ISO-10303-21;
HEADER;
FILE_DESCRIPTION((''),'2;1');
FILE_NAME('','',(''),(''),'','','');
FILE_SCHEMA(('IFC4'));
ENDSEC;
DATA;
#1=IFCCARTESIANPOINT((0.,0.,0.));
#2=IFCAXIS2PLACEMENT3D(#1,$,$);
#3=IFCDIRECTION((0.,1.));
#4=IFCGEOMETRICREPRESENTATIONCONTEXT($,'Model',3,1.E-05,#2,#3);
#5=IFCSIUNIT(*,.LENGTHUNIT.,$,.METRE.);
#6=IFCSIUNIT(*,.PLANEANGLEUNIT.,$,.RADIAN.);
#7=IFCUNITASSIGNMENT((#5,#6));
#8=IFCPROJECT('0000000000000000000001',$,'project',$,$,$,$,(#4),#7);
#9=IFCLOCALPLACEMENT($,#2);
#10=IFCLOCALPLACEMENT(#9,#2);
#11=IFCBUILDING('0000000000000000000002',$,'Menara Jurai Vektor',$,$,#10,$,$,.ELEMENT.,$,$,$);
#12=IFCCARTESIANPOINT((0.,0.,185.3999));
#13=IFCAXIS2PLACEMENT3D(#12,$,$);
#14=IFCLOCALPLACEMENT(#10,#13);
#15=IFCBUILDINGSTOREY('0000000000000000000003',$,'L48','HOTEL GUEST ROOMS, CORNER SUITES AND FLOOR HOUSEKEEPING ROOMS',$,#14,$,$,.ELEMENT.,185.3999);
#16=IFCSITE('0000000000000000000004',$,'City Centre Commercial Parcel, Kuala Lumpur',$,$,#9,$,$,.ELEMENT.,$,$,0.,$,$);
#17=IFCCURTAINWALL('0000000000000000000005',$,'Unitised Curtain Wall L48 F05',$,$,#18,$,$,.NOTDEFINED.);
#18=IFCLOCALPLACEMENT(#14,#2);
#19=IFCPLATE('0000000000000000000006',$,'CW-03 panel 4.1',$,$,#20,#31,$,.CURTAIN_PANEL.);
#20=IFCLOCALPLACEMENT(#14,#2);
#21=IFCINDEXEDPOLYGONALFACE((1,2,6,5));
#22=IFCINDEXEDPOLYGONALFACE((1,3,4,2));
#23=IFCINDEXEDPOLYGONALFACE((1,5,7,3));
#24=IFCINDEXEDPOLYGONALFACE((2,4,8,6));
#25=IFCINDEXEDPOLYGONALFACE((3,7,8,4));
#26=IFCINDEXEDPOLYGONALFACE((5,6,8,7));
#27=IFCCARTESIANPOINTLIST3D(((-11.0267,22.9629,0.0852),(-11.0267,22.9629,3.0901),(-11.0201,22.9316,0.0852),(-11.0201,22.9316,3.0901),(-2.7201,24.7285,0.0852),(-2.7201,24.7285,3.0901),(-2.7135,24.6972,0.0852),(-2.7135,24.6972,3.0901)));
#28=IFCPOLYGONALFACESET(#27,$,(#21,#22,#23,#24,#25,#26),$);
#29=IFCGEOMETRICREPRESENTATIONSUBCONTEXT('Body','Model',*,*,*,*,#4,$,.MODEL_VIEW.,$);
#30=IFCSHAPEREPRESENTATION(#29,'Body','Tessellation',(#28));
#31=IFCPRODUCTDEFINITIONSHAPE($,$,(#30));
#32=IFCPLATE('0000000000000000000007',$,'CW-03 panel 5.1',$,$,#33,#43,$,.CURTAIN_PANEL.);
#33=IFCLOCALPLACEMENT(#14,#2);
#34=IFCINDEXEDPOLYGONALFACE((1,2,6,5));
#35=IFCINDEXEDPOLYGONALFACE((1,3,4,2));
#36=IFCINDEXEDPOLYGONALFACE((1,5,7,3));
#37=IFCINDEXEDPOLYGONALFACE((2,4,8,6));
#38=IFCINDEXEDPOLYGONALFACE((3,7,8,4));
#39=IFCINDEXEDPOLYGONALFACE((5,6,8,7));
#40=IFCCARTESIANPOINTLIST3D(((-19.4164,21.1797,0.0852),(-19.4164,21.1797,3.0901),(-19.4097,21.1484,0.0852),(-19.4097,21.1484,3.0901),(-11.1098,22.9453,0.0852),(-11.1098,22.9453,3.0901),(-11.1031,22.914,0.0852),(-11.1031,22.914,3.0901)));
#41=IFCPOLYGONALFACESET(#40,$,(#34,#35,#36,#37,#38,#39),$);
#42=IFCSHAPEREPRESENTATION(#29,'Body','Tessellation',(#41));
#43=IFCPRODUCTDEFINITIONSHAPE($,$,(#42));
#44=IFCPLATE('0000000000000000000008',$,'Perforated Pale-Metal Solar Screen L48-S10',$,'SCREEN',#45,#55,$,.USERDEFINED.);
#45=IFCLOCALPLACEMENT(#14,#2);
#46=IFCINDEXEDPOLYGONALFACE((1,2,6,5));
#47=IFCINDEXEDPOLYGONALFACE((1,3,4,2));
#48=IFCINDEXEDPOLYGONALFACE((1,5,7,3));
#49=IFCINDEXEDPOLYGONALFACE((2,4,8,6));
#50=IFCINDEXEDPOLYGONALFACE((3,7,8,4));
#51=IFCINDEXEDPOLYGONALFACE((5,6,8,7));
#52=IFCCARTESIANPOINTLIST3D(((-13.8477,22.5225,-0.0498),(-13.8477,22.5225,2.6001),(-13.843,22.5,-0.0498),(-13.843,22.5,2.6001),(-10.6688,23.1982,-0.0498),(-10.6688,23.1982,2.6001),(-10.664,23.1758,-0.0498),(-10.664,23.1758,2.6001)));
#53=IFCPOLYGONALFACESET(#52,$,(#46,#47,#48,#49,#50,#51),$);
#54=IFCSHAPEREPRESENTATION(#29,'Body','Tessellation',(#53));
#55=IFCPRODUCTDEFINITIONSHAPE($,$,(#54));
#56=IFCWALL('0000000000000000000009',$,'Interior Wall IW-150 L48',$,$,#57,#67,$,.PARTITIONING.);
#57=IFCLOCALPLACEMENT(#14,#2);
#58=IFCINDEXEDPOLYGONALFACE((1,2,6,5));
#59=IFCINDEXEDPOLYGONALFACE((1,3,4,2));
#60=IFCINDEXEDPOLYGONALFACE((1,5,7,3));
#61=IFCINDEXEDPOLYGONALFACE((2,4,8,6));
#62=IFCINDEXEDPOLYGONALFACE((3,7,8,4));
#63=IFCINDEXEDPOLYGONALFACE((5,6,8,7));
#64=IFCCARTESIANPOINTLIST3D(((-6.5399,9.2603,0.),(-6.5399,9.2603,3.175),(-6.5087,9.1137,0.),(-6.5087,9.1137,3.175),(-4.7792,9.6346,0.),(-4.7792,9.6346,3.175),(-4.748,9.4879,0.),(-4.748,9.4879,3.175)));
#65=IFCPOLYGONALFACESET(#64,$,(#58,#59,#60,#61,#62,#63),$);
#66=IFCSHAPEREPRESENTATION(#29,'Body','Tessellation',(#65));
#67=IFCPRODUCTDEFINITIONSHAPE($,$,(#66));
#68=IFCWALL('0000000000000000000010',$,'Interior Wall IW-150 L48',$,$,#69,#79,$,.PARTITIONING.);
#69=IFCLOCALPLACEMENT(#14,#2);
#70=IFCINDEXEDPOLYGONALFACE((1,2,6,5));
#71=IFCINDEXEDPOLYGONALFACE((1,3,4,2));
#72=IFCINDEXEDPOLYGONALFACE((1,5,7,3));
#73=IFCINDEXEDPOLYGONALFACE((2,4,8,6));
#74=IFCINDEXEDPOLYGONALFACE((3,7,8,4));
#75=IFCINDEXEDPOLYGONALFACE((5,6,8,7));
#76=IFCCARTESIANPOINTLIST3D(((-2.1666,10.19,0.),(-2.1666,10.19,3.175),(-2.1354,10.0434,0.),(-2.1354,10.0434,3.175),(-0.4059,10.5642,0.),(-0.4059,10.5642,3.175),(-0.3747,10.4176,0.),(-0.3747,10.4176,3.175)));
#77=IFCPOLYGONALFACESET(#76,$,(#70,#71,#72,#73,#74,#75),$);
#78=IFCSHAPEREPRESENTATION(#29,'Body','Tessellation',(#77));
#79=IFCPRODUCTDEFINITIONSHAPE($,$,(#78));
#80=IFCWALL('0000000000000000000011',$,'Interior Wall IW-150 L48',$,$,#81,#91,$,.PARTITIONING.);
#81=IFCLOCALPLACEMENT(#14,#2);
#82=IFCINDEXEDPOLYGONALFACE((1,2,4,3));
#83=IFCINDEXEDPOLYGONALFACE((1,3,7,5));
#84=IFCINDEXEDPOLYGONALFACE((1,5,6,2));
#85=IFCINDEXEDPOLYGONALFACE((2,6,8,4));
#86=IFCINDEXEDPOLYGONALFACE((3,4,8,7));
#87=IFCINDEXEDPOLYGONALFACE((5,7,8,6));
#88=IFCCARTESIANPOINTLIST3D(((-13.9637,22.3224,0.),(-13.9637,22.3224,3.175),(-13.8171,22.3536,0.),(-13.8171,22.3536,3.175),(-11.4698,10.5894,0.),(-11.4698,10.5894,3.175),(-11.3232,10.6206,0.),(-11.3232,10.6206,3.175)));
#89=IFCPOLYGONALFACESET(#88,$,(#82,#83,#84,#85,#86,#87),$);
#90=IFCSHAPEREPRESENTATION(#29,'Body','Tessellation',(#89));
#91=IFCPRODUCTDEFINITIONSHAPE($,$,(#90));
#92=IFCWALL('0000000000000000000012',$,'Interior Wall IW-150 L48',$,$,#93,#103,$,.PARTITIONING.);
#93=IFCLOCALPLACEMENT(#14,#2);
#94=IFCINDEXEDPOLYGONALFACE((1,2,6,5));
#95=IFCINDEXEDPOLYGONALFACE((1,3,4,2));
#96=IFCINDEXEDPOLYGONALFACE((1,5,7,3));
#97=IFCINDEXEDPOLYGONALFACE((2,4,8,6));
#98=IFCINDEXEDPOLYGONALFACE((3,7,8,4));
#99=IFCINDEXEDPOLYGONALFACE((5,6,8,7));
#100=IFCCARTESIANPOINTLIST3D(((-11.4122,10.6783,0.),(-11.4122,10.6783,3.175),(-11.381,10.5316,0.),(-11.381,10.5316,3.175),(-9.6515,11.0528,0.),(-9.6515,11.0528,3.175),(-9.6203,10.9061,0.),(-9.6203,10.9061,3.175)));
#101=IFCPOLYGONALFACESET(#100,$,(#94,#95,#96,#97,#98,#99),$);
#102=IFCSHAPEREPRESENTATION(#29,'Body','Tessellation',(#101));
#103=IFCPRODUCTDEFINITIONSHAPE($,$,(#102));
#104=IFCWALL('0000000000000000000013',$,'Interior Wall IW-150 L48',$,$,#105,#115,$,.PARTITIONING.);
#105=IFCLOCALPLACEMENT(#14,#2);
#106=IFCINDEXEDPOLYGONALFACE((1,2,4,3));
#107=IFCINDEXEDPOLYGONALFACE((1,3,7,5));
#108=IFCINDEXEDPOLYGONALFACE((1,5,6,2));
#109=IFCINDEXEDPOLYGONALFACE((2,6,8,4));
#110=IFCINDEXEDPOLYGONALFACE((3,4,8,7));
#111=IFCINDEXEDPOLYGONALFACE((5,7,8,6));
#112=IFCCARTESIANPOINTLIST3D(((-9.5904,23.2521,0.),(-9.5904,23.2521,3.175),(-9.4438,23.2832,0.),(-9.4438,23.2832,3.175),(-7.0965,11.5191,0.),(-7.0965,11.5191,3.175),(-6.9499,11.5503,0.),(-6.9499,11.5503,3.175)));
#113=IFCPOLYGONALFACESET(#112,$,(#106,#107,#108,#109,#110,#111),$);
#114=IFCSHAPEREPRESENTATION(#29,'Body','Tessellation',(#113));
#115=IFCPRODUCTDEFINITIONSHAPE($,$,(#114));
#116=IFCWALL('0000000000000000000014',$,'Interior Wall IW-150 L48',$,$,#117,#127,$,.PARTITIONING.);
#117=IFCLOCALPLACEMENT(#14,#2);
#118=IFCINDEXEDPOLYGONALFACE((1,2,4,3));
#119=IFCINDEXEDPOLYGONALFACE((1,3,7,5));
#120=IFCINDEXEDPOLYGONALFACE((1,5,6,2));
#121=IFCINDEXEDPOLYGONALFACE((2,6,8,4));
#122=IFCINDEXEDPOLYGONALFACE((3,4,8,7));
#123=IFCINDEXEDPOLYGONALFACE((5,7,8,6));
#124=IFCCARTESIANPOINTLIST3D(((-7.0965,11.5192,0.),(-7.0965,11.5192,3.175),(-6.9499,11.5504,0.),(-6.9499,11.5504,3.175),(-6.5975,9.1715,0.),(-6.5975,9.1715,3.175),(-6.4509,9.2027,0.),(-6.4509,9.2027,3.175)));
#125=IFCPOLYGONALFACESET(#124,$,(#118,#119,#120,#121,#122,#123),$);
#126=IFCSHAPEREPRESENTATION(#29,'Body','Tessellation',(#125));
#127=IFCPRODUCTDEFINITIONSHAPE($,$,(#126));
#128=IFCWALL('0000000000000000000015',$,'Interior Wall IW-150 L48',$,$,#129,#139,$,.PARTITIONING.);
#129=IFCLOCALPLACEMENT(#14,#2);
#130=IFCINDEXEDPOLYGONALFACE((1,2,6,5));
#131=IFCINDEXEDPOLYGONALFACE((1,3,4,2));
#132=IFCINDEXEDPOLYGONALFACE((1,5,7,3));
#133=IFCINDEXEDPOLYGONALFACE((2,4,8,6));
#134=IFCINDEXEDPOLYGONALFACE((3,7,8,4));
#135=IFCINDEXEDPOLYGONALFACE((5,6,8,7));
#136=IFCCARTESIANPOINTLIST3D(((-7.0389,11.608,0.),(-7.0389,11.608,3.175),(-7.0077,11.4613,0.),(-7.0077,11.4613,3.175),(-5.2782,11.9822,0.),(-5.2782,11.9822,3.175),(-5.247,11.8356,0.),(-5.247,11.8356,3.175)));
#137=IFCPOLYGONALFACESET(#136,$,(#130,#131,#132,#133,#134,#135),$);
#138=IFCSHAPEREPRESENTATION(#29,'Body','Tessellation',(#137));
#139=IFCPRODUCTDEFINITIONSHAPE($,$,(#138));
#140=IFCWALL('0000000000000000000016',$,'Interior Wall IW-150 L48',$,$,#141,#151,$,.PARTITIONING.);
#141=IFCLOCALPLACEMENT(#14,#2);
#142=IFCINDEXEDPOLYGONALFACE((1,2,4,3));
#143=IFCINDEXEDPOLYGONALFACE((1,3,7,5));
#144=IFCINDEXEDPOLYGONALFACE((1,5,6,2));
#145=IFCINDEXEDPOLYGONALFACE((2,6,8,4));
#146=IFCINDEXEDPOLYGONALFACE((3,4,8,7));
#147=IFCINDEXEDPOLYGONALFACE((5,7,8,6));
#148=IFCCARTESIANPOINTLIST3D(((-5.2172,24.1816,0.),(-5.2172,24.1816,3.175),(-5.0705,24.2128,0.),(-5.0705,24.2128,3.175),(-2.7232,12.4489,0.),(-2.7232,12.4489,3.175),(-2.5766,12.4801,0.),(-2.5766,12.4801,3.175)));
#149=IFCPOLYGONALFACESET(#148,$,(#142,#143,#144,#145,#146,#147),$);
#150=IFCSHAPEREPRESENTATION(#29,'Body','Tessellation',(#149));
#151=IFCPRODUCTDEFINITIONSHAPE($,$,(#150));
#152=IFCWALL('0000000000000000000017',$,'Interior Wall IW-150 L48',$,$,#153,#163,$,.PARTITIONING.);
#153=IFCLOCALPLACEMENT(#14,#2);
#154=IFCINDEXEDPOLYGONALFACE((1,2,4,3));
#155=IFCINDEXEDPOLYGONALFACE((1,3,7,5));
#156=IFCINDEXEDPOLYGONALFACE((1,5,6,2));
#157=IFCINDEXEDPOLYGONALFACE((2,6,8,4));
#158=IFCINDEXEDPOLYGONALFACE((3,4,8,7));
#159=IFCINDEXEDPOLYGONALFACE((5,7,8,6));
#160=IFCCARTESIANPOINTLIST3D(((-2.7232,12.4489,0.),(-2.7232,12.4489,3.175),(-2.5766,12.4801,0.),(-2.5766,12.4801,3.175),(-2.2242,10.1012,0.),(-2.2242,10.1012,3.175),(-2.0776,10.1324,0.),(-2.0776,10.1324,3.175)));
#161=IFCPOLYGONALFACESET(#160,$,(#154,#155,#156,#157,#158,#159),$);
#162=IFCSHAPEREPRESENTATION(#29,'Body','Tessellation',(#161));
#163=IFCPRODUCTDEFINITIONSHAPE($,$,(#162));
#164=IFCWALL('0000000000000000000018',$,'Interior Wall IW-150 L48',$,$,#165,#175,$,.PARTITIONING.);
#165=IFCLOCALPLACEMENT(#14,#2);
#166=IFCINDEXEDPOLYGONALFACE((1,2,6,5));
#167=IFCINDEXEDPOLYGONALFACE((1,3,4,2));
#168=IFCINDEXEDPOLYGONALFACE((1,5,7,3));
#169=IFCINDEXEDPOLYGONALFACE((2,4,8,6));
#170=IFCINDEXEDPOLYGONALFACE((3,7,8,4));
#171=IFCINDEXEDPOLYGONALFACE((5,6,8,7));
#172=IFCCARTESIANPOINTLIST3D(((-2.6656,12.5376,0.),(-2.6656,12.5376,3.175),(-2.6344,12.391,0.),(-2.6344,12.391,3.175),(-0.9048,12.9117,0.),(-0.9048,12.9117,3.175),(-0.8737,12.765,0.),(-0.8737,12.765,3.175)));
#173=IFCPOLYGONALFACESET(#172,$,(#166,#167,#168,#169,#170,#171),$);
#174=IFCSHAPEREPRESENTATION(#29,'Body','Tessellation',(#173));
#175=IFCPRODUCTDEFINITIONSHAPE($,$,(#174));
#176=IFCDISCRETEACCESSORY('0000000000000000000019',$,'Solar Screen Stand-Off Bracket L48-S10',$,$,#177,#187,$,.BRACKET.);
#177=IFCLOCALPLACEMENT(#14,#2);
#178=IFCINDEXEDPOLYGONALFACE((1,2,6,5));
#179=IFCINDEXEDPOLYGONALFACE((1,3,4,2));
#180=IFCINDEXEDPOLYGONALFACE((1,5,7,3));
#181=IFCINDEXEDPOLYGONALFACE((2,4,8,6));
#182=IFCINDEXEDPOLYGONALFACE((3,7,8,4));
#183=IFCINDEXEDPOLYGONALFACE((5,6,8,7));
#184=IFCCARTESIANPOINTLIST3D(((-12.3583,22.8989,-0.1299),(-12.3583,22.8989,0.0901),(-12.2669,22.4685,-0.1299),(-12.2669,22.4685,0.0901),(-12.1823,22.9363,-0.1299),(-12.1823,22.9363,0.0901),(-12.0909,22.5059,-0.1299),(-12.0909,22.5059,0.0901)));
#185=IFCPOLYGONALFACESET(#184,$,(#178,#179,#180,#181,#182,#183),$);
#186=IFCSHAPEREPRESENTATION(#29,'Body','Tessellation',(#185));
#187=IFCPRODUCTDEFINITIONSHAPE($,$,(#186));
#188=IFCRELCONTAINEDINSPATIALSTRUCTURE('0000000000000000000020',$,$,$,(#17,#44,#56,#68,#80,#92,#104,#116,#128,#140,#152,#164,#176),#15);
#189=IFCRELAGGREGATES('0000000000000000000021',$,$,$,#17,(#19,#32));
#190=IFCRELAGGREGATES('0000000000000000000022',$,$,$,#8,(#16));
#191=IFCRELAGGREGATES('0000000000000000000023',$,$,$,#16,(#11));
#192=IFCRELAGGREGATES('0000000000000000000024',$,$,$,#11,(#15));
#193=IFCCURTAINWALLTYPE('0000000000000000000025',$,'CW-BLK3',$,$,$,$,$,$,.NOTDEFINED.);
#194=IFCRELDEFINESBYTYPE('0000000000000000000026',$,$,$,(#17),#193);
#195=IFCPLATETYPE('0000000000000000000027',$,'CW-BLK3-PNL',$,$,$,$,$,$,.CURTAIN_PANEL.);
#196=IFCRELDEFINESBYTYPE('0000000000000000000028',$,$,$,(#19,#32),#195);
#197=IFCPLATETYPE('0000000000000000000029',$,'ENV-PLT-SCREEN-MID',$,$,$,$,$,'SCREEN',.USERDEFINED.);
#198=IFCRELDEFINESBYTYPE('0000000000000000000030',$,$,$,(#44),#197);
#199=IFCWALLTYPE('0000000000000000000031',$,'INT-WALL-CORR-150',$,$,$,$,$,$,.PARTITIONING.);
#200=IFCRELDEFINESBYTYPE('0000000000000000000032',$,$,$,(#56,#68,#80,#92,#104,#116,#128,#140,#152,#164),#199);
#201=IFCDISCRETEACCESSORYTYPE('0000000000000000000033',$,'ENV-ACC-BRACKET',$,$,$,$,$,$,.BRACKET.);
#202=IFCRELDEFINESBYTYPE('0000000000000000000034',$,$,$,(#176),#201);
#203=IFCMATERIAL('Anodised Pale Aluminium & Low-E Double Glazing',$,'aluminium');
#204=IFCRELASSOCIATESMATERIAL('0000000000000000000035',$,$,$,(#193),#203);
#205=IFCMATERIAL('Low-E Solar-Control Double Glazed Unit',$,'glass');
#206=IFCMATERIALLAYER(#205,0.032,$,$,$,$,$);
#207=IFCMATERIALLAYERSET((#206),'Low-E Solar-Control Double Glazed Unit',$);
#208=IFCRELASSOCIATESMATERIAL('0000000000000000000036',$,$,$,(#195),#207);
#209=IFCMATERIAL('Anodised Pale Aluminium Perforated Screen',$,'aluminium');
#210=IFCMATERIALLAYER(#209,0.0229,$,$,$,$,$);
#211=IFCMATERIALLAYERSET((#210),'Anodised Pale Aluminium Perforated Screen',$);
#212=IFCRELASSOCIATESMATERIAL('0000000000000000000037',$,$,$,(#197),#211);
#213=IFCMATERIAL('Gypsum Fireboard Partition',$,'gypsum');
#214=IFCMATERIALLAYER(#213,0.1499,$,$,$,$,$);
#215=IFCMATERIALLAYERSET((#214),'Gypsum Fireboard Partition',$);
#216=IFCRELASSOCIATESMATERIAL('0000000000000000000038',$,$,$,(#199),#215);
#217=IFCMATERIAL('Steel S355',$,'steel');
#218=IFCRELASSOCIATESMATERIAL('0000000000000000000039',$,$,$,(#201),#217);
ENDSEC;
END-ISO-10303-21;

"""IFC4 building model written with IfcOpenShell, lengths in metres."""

from ifc_helpers import new_model, si_unit, direction, frame, frame_2d, origin, origin_2d, place, context, subcontext, project, spatial, rectangle, extrude, material, layer, layer_set, type_object, element, aggregate, save


model = new_model("IFC4")

# Units and contexts
model_context = context("Model", 3, precision=1e-05, world=origin(), true_north=direction((0.0, 1.0)))
body_context = subcontext(model_context, "Body", "Model", "MODEL_VIEW")
ifc_project = project(units=[si_unit("LENGTHUNIT", "METRE"), si_unit("PLANEANGLEUNIT", "RADIAN")], contexts=[model_context])

# Site, building, storey
site_placement = place(None, origin())
site = spatial("IfcSite", under=ifc_project, at=site_placement, Name="City Centre Commercial Parcel, Kuala Lumpur", CompositionType="ELEMENT", RefElevation=0.0)
building_placement = place(site_placement, origin())
building = spatial("IfcBuilding", under=site, at=building_placement, Name="Menara Jurai Vektor", CompositionType="ELEMENT")
storey_placement = place(building_placement, frame((0.0, 0.0, 185.3999)))
storey = spatial("IfcBuildingStorey", under=building, at=storey_placement, Name="L48", Description="HOTEL GUEST ROOMS, CORNER SUITES AND FLOOR HOUSEKEEPING ROOMS", CompositionType="ELEMENT", Elevation=185.3999)

# Curtain wall
ifc_material_1 = material(Name="Anodised Pale Aluminium & Low-E Double Glazing", Category="aluminium")
curtain_wall_type = type_object("IfcCurtainWallType", Name="CW-BLK3", PredefinedType="NOTDEFINED", material=ifc_material_1)
curtain_wall_placement = place(storey_placement, origin())
curtain_wall = element("IfcCurtainWall", 1, at=curtain_wall_placement, inside=storey, type_object=curtain_wall_type, Name="Unitised Curtain Wall L48 F05", PredefinedType="NOTDEFINED")

# Shared definitions
ifc_material_2 = material(Name="Steel S355", Category="steel")

# Plates
ifc_material_3 = material(Name="Low-E Solar-Control Double Glazed Unit", Category="glass")
ifc_layer_1 = layer(ifc_material_3, 0.032)
ifc_layer_set_1 = layer_set([ifc_layer_1], Name="Low-E Solar-Control Double Glazed Unit")
plate_type_1 = type_object("IfcPlateType", Name="CW-BLK3-PNL", PredefinedType="CURTAIN_PANEL", material=ifc_layer_set_1)
plate_1_placement = place(storey_placement, frame((-6.8701, 23.8301, 0.0852), z_axis=(0.0, 0.0, 1.0), x_axis=(-0.978148, -0.207911, 0.0)))
plate_1 = element("IfcPlate", 2, at=plate_1_placement, type_object=plate_type_1, Name="CW-03 panel 4.1", PredefinedType="CURTAIN_PANEL", context=body_context, shape_type="SweptSolid", body=[
    extrude(rectangle(XDim=8.4922, YDim=0.032, at=origin_2d()), origin(), (0.0, 0.0, 1.0), 3.0049),
])
plate_2_placement = place(storey_placement, frame((-15.2598, 22.0469, 0.0852), z_axis=(0.0, 0.0, 1.0), x_axis=(-0.978148, -0.207911, 0.0)))
plate_2 = element("IfcPlate", 3, at=plate_2_placement, type_object=plate_type_1, Name="CW-03 panel 5.1", PredefinedType="CURTAIN_PANEL", context=body_context, shape_type="SweptSolid", body=[
    extrude(rectangle(XDim=8.4922, YDim=0.032, at=origin_2d()), origin(), (0.0, 0.0, 1.0), 3.0049),
])
aggregate(curtain_wall, [plate_1, plate_2])
ifc_material_4 = material(Name="Anodised Pale Aluminium Perforated Screen", Category="aluminium")
ifc_layer_2 = layer(ifc_material_4, 0.0229)
ifc_layer_set_2 = layer_set([ifc_layer_2], Name="Anodised Pale Aluminium Perforated Screen")
plate_type_2 = type_object("IfcPlateType", Name="ENV-PLT-SCREEN-MID", ElementType="SCREEN", PredefinedType="USERDEFINED", material=ifc_layer_set_2)
plate_3_placement = place(storey_placement, frame((-12.2559, 22.8491, -0.0498), z_axis=(0.0, 0.0, 1.0), x_axis=(-0.978148, -0.207912, 0.0)))
element("IfcPlate", 4, at=plate_3_placement, inside=storey, type_object=plate_type_2, Name="Perforated Pale-Metal Solar Screen L48-S10", ObjectType="SCREEN", PredefinedType="USERDEFINED", context=body_context, shape_type="SweptSolid", body=[
    extrude(rectangle(XDim=3.25, YDim=0.0229, at=origin_2d()), origin(), (0.0, 0.0, 1.0), 2.6499),
])

# Shared definitions
ifc_material_5 = material(Name="Gypsum Fireboard Partition", Category="gypsum")
ifc_layer_3 = layer(ifc_material_5, 0.1499)
ifc_layer_set_3 = layer_set([ifc_layer_3], Name="Gypsum Fireboard Partition")
wall_type = type_object("IfcWallType", Name="INT-WALL-CORR-150", PredefinedType="PARTITIONING", material=ifc_layer_set_3)

# Walls
for number, where, z_axis, x_axis, name in (
    (5, (-6.5242, 9.187, 0.0), (0.0, 0.0, 1.0), (0.978146, 0.207917, 0.0), "Interior Wall IW-150 L48"),
    (6, (-2.1509, 10.1167, 0.0), (0.0, 0.0, 1.0), (0.978146, 0.207917, 0.0), "Interior Wall IW-150 L48"),
):
    element("IfcWall", number, at=place(storey_placement, frame(where, z_axis=z_axis, x_axis=x_axis)), inside=storey, type_object=wall_type, Name=name, PredefinedType="PARTITIONING", context=body_context, shape_type="SweptSolid", body=[
        extrude(rectangle(XDim=1.8, YDim=0.1499, at=frame_2d((0.8999, 0.0))), origin(), (0.0, 0.0, 1.0), 3.175),
    ])
wall_1_placement = place(storey_placement, frame((-11.3965, 10.605, 0.0), z_axis=(0.0, 0.0, 1.0), x_axis=(-0.207911, 0.978148, 0.0)))
element("IfcWall", 7, at=wall_1_placement, inside=storey, type_object=wall_type, Name="Interior Wall IW-150 L48", PredefinedType="PARTITIONING", context=body_context, shape_type="SweptSolid", body=[
    extrude(rectangle(XDim=11.9951, YDim=0.1499, at=frame_2d((5.9976, 0.0))), origin(), (0.0, 0.0, 1.0), 3.175),
])
wall_2_placement = place(storey_placement, frame((-11.3965, 10.605, 0.0), z_axis=(0.0, 0.0, 1.0), x_axis=(0.978119, 0.208047, 0.0)))
element("IfcWall", 8, at=wall_2_placement, inside=storey, type_object=wall_type, Name="Interior Wall IW-150 L48", PredefinedType="PARTITIONING", context=body_context, shape_type="SweptSolid", body=[
    extrude(rectangle(XDim=1.8, YDim=0.1499, at=frame_2d((0.8999, 0.0))), origin(), (0.0, 0.0, 1.0), 3.175),
])

# Walls
wall_3_placement = place(storey_placement, frame((-7.0232, 11.5347, 0.0), z_axis=(0.0, 0.0, 1.0), x_axis=(-0.207911, 0.978148, 0.0)))
element("IfcWall", 9, at=wall_3_placement, inside=storey, type_object=wall_type, Name="Interior Wall IW-150 L48", PredefinedType="PARTITIONING", context=body_context, shape_type="SweptSolid", body=[
    extrude(rectangle(XDim=11.9951, YDim=0.1499, at=frame_2d((5.9976, 0.0))), origin(), (0.0, 0.0, 1.0), 3.175),
])
wall_4_placement = place(storey_placement, frame((-6.5242, 9.187, 0.0), z_axis=(0.0, 0.0, 1.0), x_axis=(-0.207917, 0.978146, 0.0)))
element("IfcWall", 10, at=wall_4_placement, inside=storey, type_object=wall_type, Name="Interior Wall IW-150 L48", PredefinedType="PARTITIONING", context=body_context, shape_type="SweptSolid", body=[
    extrude(rectangle(XDim=2.4001, YDim=0.1499, at=frame_2d((1.2002, 0.0))), origin(), (0.0, 0.0, 1.0), 3.175),
])
wall_5_placement = place(storey_placement, frame((-7.0232, 11.5347, 0.0), z_axis=(0.0, 0.0, 1.0), x_axis=(0.978146, 0.207917, 0.0)))
element("IfcWall", 11, at=wall_5_placement, inside=storey, type_object=wall_type, Name="Interior Wall IW-150 L48", PredefinedType="PARTITIONING", context=body_context, shape_type="SweptSolid", body=[
    extrude(rectangle(XDim=1.8, YDim=0.1499, at=frame_2d((0.8999, 0.0))), origin(), (0.0, 0.0, 1.0), 3.175),
])

# Walls
wall_6_placement = place(storey_placement, frame((-2.6499, 12.4644, 0.0), z_axis=(0.0, 0.0, 1.0), x_axis=(-0.207915, 0.978147, 0.0)))
element("IfcWall", 12, at=wall_6_placement, inside=storey, type_object=wall_type, Name="Interior Wall IW-150 L48", PredefinedType="PARTITIONING", context=body_context, shape_type="SweptSolid", body=[
    extrude(rectangle(XDim=11.9949, YDim=0.1499, at=frame_2d((5.9976, 0.0))), origin(), (0.0, 0.0, 1.0), 3.175),
])
wall_7_placement = place(storey_placement, frame((-2.1509, 10.1167, 0.0), z_axis=(0.0, 0.0, 1.0), x_axis=(-0.207917, 0.978146, 0.0)))
element("IfcWall", 13, at=wall_7_placement, inside=storey, type_object=wall_type, Name="Interior Wall IW-150 L48", PredefinedType="PARTITIONING", context=body_context, shape_type="SweptSolid", body=[
    extrude(rectangle(XDim=2.4001, YDim=0.1499, at=frame_2d((1.2002, 0.0))), origin(), (0.0, 0.0, 1.0), 3.175),
])
wall_8_placement = place(storey_placement, frame((-2.6499, 12.4644, 0.0), z_axis=(0.0, 0.0, 1.0), x_axis=(0.978174, 0.207787, 0.0)))
element("IfcWall", 14, at=wall_8_placement, inside=storey, type_object=wall_type, Name="Interior Wall IW-150 L48", PredefinedType="PARTITIONING", context=body_context, shape_type="SweptSolid", body=[
    extrude(rectangle(XDim=1.8, YDim=0.1499, at=frame_2d((0.8999, 0.0))), origin(), (0.0, 0.0, 1.0), 3.175),
])

# Discrete accessory
discrete_accessory_type = type_object("IfcDiscreteAccessoryType", Name="ENV-ACC-BRACKET", PredefinedType="BRACKET", material=ifc_material_2)
discrete_accessory_placement = place(storey_placement, frame((-12.2246, 22.7024, -0.1299), z_axis=(0.0, 0.0, 1.0), x_axis=(-0.978148, -0.207912, 0.0)))
element("IfcDiscreteAccessory", 15, at=discrete_accessory_placement, inside=storey, type_object=discrete_accessory_type, Name="Solar Screen Stand-Off Bracket L48-S10", PredefinedType="BRACKET", context=body_context, shape_type="SweptSolid", body=[
    extrude(rectangle(XDim=0.1799, YDim=0.4399, at=origin_2d()), origin(), (0.0, 0.0, 1.0), 0.22),
])

save(model, "model.ifc")
